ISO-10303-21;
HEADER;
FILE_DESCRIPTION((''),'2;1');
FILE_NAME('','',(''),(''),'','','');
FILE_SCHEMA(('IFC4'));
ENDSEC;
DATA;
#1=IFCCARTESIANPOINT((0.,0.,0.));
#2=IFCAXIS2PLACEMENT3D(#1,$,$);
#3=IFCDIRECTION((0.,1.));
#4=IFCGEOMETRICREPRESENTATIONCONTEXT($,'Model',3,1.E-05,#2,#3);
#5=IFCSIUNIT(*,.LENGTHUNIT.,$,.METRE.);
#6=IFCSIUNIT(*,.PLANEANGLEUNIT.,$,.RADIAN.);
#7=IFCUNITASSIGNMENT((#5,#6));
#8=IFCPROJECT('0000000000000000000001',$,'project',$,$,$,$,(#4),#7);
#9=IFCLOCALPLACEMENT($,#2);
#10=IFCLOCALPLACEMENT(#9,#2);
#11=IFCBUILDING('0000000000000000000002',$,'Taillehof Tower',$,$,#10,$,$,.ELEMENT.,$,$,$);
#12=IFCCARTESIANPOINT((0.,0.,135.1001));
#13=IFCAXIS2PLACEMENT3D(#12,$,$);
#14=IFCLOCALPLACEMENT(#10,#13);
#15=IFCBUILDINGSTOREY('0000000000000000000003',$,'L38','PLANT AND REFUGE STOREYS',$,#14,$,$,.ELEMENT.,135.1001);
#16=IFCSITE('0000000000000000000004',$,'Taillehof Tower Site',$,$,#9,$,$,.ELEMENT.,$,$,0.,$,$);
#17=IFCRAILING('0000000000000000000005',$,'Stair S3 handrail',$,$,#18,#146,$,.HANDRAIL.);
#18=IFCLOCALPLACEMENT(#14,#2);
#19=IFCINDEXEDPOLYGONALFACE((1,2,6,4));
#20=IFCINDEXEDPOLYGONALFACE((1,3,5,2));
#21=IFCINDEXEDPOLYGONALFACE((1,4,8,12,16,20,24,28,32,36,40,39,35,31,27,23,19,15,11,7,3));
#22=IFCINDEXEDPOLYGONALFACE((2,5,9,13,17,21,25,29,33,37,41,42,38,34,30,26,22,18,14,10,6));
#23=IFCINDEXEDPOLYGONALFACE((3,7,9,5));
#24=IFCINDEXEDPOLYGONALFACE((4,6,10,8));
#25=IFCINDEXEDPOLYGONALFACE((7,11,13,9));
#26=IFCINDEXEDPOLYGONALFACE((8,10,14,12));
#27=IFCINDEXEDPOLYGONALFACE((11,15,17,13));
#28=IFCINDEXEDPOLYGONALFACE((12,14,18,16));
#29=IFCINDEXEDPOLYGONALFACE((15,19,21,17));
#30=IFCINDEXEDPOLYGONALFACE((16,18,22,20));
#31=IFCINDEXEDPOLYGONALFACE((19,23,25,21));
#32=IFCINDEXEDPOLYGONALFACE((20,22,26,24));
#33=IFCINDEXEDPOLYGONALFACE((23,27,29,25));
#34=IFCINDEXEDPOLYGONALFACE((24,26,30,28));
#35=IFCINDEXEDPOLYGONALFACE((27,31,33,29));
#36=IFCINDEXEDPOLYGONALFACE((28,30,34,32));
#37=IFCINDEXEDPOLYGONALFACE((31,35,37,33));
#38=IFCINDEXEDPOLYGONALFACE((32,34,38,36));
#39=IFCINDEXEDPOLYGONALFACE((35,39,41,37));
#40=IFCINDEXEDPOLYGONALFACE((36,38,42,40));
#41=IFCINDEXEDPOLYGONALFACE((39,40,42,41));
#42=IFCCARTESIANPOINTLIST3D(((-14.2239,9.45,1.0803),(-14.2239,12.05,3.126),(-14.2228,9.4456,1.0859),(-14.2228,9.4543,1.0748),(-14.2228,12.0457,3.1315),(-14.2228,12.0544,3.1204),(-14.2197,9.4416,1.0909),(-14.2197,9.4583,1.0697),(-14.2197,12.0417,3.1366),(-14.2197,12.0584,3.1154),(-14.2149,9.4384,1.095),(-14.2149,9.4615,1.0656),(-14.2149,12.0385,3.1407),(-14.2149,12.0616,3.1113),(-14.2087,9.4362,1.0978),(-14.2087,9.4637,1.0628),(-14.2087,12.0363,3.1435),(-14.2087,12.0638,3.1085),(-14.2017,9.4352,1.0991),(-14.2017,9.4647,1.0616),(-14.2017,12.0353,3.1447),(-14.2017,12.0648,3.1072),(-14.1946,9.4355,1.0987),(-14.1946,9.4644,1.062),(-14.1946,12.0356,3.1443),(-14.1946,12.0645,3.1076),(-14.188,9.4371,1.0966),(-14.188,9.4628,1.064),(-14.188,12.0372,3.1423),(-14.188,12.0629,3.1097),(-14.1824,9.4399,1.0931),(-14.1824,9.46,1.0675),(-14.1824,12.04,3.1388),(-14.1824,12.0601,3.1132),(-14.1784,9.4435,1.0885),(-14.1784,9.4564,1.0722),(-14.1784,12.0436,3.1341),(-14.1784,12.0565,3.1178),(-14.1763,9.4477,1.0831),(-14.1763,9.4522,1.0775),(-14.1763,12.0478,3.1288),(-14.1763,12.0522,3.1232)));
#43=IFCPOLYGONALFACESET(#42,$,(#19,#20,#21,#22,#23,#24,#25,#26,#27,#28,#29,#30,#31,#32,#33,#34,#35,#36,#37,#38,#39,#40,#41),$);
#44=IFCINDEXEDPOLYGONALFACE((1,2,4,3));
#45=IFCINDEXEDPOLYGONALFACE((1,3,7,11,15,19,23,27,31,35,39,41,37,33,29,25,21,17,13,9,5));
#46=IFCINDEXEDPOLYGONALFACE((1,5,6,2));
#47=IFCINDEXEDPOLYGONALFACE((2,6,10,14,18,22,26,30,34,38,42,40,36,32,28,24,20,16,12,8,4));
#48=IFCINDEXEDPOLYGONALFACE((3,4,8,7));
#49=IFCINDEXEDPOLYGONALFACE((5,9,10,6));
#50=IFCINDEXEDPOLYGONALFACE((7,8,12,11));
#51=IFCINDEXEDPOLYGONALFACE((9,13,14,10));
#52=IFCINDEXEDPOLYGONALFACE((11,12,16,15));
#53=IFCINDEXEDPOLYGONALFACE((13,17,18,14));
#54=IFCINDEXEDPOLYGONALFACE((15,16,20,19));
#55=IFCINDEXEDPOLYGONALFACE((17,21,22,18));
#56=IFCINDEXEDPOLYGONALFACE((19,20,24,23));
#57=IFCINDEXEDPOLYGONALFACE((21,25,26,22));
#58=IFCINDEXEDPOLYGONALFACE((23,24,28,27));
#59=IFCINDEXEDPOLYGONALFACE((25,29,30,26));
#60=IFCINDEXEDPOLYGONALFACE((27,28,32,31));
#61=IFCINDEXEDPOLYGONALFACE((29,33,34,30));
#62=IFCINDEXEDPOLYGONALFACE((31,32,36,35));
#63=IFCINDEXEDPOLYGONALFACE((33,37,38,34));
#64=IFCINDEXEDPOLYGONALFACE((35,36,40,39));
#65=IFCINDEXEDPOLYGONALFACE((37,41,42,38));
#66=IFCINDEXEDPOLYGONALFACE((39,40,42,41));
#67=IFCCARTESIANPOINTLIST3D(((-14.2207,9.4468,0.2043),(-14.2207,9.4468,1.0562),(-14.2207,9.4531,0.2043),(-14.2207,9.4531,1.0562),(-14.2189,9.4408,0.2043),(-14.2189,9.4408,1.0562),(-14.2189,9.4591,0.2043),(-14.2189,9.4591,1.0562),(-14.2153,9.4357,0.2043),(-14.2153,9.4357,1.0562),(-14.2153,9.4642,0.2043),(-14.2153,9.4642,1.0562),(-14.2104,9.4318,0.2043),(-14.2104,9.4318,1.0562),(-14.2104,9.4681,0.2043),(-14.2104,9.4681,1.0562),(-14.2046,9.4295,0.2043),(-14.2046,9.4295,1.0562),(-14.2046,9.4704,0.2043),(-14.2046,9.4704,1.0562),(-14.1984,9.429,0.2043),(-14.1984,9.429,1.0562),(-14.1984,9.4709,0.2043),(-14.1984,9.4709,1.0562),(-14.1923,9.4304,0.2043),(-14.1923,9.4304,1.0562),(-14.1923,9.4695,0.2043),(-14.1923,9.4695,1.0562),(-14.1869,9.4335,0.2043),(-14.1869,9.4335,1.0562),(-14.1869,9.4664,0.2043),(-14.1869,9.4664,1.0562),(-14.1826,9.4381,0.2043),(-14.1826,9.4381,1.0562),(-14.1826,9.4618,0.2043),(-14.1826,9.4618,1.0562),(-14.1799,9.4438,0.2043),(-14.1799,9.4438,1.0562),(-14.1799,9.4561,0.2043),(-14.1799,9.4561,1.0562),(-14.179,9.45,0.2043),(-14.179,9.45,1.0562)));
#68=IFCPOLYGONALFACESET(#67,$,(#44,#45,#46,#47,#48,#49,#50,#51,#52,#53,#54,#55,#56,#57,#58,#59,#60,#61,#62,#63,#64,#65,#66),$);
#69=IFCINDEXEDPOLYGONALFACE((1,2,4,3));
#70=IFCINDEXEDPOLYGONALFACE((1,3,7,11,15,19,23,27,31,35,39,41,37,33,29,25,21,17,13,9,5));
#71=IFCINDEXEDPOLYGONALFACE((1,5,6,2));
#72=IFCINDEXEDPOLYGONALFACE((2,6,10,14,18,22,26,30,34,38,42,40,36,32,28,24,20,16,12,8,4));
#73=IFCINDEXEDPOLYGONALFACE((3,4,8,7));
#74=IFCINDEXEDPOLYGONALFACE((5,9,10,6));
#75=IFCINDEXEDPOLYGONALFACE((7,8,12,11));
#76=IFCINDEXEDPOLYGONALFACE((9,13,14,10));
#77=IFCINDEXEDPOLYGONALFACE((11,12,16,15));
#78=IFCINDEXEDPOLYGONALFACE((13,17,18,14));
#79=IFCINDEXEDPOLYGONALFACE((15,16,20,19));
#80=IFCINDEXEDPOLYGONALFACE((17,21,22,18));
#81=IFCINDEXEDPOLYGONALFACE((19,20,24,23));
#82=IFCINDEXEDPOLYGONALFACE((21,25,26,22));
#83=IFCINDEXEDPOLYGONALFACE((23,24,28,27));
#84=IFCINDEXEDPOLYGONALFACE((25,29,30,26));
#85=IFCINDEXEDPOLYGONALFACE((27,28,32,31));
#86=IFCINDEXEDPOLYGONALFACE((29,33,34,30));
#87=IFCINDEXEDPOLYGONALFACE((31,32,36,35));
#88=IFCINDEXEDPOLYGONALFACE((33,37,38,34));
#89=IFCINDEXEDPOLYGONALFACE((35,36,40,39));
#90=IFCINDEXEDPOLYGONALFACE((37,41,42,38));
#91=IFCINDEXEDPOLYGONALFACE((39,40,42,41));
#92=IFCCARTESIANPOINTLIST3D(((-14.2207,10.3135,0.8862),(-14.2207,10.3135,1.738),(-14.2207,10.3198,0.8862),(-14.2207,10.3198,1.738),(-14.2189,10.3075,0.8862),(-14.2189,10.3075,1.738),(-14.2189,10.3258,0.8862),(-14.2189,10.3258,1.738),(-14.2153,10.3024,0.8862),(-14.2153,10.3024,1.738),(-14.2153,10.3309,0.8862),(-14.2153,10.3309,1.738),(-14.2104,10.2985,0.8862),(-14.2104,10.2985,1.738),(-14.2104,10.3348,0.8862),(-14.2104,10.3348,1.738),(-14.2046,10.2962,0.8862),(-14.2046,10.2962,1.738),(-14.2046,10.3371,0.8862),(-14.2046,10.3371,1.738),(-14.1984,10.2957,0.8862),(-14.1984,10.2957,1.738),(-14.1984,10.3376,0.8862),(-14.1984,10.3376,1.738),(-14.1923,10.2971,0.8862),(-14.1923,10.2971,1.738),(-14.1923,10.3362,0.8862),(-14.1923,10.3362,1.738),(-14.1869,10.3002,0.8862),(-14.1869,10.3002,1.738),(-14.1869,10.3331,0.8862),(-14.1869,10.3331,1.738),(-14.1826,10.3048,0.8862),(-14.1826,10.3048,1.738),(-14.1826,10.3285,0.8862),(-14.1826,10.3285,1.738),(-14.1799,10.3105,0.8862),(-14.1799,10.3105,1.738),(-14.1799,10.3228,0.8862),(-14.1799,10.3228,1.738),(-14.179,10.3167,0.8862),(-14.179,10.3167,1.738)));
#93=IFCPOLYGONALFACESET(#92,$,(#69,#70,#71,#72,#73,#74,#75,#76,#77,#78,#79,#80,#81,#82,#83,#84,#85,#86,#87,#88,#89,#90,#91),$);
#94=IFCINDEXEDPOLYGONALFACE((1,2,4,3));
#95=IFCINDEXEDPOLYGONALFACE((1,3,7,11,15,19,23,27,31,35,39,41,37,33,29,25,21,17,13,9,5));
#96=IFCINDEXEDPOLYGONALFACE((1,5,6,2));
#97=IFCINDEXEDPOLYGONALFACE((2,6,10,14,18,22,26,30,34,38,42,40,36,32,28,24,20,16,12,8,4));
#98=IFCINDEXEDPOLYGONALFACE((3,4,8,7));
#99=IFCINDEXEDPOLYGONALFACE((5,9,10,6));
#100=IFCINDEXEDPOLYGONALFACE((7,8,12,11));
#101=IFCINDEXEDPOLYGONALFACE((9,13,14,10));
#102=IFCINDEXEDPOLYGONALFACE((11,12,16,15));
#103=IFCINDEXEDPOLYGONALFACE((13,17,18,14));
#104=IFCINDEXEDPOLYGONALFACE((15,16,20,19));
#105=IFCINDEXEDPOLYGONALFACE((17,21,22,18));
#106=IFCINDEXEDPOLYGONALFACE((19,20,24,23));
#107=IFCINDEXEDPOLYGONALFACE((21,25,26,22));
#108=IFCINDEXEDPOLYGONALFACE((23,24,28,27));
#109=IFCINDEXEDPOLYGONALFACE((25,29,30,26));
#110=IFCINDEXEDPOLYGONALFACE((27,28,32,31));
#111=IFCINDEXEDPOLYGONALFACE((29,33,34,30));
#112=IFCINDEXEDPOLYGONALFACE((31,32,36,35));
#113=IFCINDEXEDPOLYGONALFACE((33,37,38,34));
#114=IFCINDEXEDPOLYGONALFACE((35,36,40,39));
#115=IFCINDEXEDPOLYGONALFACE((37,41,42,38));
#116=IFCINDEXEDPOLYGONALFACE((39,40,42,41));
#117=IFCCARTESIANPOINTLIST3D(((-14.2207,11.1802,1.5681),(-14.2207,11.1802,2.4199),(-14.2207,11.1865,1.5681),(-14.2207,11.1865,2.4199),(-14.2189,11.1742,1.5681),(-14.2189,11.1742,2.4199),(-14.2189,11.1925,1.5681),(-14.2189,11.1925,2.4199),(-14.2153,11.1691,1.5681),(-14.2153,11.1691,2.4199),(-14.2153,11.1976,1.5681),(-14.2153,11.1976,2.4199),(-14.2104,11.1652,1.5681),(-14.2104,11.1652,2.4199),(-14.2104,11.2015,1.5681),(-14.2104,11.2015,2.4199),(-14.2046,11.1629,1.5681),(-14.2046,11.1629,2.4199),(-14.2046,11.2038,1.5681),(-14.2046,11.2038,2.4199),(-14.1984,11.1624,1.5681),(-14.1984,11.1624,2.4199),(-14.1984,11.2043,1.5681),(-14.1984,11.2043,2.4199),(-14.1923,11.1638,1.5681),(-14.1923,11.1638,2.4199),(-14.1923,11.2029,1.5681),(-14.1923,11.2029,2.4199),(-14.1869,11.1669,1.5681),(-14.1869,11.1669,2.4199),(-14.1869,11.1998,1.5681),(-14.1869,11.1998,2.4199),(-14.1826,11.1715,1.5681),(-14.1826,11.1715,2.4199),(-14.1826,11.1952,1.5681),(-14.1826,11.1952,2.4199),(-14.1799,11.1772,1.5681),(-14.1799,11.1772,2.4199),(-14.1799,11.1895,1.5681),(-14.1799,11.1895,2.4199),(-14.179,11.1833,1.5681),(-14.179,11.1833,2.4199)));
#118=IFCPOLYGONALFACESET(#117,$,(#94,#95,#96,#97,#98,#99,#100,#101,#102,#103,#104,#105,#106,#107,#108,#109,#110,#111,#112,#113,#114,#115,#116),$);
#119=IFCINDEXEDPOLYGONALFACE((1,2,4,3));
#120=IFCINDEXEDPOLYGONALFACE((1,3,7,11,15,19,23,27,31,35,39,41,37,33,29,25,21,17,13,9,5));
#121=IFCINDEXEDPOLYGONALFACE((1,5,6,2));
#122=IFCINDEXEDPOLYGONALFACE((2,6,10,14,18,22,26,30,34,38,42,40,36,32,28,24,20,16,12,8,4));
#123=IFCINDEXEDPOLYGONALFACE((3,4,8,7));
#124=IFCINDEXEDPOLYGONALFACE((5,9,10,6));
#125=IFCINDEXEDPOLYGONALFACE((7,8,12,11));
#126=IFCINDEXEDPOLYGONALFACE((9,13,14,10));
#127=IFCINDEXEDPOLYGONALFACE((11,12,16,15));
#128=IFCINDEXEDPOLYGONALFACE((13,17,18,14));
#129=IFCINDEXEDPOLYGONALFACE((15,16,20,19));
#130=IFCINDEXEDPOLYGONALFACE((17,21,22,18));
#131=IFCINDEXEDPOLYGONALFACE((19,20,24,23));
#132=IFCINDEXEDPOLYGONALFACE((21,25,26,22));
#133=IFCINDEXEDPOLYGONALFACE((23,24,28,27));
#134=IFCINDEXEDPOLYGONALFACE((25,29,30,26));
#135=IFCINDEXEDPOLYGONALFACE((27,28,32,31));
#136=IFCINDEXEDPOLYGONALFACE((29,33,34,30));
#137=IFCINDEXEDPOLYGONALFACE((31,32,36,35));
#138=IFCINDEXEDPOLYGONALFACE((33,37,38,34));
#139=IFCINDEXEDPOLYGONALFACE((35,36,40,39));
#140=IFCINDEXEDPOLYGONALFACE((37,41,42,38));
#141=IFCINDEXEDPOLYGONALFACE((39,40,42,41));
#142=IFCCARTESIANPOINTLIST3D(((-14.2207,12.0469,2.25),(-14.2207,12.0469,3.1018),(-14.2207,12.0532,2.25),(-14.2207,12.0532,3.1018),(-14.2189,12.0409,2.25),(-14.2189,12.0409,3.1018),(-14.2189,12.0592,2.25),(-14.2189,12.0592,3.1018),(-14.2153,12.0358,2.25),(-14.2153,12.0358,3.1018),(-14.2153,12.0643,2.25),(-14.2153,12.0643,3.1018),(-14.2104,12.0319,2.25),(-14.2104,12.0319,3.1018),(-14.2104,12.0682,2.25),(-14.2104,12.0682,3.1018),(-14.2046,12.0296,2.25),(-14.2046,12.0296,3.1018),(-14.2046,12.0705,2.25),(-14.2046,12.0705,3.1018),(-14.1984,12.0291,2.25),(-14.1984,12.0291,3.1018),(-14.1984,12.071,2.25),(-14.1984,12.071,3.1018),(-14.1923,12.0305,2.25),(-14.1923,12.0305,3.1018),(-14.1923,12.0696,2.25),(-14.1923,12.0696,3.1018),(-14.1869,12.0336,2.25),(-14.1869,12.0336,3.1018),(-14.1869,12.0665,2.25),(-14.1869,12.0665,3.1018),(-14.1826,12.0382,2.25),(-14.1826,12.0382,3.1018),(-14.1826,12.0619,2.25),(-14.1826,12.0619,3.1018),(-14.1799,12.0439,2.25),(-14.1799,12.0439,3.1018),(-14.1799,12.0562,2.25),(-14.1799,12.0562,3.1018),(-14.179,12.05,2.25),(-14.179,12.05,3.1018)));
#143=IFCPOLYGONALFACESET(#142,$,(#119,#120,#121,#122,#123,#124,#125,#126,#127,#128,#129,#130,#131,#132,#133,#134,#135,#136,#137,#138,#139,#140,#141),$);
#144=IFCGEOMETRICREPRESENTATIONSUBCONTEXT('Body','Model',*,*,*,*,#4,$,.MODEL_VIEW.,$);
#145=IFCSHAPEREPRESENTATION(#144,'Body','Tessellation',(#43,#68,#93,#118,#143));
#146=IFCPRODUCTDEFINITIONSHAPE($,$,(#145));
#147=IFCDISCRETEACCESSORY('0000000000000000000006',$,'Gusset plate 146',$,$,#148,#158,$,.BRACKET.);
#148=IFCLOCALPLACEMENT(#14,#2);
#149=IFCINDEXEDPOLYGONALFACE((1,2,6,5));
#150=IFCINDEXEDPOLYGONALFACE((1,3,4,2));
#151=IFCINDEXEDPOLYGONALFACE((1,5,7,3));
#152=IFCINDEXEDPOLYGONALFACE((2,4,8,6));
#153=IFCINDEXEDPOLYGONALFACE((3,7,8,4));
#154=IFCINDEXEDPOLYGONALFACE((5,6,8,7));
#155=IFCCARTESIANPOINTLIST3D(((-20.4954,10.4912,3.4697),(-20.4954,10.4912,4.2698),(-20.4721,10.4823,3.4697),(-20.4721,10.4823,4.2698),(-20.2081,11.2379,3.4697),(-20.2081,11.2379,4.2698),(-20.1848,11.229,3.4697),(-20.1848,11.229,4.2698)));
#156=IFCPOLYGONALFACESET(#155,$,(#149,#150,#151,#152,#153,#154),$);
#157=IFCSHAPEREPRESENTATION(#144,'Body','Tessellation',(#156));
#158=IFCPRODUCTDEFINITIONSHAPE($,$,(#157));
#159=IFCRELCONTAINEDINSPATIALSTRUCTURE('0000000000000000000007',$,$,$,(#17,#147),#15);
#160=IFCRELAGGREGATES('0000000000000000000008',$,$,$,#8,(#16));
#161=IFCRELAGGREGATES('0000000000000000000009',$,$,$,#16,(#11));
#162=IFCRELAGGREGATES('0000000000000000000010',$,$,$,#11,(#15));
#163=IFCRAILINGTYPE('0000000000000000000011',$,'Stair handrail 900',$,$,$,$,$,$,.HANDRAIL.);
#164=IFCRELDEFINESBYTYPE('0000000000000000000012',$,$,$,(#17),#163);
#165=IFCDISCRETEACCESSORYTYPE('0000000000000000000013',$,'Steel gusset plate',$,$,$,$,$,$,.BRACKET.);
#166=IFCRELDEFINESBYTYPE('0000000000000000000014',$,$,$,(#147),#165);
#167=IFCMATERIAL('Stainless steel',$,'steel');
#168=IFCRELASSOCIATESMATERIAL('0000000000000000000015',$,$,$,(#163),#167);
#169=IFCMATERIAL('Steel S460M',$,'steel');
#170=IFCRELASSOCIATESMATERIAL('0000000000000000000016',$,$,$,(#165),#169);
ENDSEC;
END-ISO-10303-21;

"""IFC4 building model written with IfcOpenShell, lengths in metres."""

from ifc_helpers import new_model, si_unit, direction, frame, origin, origin_2d, place, context, subcontext, project, spatial, rectangle, circle, extrude, material, type_object, element, save


model = new_model("IFC4")

# Units and contexts
model_context = context("Model", 3, precision=1e-05, world=origin(), true_north=direction((0.0, 1.0)))
body_context = subcontext(model_context, "Body", "Model", "MODEL_VIEW")
ifc_project = project(units=[si_unit("LENGTHUNIT", "METRE"), si_unit("PLANEANGLEUNIT", "RADIAN")], contexts=[model_context])

# Site, building, storey
site_placement = place(None, origin())
site = spatial("IfcSite", under=ifc_project, at=site_placement, Name="Taillehof Tower Site", CompositionType="ELEMENT", RefElevation=0.0)
building_placement = place(site_placement, origin())
building = spatial("IfcBuilding", under=site, at=building_placement, Name="Taillehof Tower", CompositionType="ELEMENT")
storey_placement = place(building_placement, frame((0.0, 0.0, 135.1001)))
storey = spatial("IfcBuildingStorey", under=building, at=storey_placement, Name="L38", Description="PLANT AND REFUGE STOREYS", CompositionType="ELEMENT", Elevation=135.1001)

# Railing
ifc_material_1 = material(Name="Stainless steel", Category="steel")
railing_type = type_object("IfcRailingType", Name="Stair handrail 900", PredefinedType="HANDRAIL", material=ifc_material_1)
railing_placement = place(storey_placement, frame((-14.2, 9.45, 0.2043)))
element("IfcRailing", 1, at=railing_placement, inside=storey, type_object=railing_type, Name="Stair S3 handrail", PredefinedType="HANDRAIL", context=body_context, shape_type="SweptSolid", body=[
    extrude(circle(Radius=0.0239, at=origin_2d()), frame((0.0, 0.0, 0.876), z_axis=(0.0, 0.785919, 0.61833), x_axis=(-1.0, 0.0, 0.0)), (0.0, 0.0, 1.0), 3.3083),
    extrude(circle(Radius=0.021, at=origin_2d()), origin(), (0.0, 0.0, 1.0), 0.8518),
    extrude(circle(Radius=0.021, at=origin_2d()), frame((0.0, 0.8667, 0.6819)), (0.0, 0.0, 1.0), 0.8518),
    extrude(circle(Radius=0.021, at=origin_2d()), frame((0.0, 1.7334, 1.3638)), (0.0, 0.0, 1.0), 0.8518),
    extrude(circle(Radius=0.021, at=origin_2d()), frame((0.0, 2.6001, 2.0457)), (0.0, 0.0, 1.0), 0.8518),
])

# Discrete accessory
ifc_material_2 = material(Name="Steel S460M", Category="steel")
discrete_accessory_type = type_object("IfcDiscreteAccessoryType", Name="Steel gusset plate", PredefinedType="BRACKET", material=ifc_material_2)
discrete_accessory_placement = place(storey_placement, frame((-20.3401, 10.8601, 3.4697), z_axis=(0.0, 0.0, 1.0), x_axis=(-0.359101, -0.933299, 0.0)))
element("IfcDiscreteAccessory", 2, at=discrete_accessory_placement, inside=storey, type_object=discrete_accessory_type, Name="Gusset plate 146", PredefinedType="BRACKET", context=body_context, shape_type="SweptSolid", body=[
    extrude(rectangle(XDim=0.8, YDim=0.0249, at=origin_2d()), origin(), (0.0, 0.0, 1.0), 0.8),
])

save(model, "model.ifc")
